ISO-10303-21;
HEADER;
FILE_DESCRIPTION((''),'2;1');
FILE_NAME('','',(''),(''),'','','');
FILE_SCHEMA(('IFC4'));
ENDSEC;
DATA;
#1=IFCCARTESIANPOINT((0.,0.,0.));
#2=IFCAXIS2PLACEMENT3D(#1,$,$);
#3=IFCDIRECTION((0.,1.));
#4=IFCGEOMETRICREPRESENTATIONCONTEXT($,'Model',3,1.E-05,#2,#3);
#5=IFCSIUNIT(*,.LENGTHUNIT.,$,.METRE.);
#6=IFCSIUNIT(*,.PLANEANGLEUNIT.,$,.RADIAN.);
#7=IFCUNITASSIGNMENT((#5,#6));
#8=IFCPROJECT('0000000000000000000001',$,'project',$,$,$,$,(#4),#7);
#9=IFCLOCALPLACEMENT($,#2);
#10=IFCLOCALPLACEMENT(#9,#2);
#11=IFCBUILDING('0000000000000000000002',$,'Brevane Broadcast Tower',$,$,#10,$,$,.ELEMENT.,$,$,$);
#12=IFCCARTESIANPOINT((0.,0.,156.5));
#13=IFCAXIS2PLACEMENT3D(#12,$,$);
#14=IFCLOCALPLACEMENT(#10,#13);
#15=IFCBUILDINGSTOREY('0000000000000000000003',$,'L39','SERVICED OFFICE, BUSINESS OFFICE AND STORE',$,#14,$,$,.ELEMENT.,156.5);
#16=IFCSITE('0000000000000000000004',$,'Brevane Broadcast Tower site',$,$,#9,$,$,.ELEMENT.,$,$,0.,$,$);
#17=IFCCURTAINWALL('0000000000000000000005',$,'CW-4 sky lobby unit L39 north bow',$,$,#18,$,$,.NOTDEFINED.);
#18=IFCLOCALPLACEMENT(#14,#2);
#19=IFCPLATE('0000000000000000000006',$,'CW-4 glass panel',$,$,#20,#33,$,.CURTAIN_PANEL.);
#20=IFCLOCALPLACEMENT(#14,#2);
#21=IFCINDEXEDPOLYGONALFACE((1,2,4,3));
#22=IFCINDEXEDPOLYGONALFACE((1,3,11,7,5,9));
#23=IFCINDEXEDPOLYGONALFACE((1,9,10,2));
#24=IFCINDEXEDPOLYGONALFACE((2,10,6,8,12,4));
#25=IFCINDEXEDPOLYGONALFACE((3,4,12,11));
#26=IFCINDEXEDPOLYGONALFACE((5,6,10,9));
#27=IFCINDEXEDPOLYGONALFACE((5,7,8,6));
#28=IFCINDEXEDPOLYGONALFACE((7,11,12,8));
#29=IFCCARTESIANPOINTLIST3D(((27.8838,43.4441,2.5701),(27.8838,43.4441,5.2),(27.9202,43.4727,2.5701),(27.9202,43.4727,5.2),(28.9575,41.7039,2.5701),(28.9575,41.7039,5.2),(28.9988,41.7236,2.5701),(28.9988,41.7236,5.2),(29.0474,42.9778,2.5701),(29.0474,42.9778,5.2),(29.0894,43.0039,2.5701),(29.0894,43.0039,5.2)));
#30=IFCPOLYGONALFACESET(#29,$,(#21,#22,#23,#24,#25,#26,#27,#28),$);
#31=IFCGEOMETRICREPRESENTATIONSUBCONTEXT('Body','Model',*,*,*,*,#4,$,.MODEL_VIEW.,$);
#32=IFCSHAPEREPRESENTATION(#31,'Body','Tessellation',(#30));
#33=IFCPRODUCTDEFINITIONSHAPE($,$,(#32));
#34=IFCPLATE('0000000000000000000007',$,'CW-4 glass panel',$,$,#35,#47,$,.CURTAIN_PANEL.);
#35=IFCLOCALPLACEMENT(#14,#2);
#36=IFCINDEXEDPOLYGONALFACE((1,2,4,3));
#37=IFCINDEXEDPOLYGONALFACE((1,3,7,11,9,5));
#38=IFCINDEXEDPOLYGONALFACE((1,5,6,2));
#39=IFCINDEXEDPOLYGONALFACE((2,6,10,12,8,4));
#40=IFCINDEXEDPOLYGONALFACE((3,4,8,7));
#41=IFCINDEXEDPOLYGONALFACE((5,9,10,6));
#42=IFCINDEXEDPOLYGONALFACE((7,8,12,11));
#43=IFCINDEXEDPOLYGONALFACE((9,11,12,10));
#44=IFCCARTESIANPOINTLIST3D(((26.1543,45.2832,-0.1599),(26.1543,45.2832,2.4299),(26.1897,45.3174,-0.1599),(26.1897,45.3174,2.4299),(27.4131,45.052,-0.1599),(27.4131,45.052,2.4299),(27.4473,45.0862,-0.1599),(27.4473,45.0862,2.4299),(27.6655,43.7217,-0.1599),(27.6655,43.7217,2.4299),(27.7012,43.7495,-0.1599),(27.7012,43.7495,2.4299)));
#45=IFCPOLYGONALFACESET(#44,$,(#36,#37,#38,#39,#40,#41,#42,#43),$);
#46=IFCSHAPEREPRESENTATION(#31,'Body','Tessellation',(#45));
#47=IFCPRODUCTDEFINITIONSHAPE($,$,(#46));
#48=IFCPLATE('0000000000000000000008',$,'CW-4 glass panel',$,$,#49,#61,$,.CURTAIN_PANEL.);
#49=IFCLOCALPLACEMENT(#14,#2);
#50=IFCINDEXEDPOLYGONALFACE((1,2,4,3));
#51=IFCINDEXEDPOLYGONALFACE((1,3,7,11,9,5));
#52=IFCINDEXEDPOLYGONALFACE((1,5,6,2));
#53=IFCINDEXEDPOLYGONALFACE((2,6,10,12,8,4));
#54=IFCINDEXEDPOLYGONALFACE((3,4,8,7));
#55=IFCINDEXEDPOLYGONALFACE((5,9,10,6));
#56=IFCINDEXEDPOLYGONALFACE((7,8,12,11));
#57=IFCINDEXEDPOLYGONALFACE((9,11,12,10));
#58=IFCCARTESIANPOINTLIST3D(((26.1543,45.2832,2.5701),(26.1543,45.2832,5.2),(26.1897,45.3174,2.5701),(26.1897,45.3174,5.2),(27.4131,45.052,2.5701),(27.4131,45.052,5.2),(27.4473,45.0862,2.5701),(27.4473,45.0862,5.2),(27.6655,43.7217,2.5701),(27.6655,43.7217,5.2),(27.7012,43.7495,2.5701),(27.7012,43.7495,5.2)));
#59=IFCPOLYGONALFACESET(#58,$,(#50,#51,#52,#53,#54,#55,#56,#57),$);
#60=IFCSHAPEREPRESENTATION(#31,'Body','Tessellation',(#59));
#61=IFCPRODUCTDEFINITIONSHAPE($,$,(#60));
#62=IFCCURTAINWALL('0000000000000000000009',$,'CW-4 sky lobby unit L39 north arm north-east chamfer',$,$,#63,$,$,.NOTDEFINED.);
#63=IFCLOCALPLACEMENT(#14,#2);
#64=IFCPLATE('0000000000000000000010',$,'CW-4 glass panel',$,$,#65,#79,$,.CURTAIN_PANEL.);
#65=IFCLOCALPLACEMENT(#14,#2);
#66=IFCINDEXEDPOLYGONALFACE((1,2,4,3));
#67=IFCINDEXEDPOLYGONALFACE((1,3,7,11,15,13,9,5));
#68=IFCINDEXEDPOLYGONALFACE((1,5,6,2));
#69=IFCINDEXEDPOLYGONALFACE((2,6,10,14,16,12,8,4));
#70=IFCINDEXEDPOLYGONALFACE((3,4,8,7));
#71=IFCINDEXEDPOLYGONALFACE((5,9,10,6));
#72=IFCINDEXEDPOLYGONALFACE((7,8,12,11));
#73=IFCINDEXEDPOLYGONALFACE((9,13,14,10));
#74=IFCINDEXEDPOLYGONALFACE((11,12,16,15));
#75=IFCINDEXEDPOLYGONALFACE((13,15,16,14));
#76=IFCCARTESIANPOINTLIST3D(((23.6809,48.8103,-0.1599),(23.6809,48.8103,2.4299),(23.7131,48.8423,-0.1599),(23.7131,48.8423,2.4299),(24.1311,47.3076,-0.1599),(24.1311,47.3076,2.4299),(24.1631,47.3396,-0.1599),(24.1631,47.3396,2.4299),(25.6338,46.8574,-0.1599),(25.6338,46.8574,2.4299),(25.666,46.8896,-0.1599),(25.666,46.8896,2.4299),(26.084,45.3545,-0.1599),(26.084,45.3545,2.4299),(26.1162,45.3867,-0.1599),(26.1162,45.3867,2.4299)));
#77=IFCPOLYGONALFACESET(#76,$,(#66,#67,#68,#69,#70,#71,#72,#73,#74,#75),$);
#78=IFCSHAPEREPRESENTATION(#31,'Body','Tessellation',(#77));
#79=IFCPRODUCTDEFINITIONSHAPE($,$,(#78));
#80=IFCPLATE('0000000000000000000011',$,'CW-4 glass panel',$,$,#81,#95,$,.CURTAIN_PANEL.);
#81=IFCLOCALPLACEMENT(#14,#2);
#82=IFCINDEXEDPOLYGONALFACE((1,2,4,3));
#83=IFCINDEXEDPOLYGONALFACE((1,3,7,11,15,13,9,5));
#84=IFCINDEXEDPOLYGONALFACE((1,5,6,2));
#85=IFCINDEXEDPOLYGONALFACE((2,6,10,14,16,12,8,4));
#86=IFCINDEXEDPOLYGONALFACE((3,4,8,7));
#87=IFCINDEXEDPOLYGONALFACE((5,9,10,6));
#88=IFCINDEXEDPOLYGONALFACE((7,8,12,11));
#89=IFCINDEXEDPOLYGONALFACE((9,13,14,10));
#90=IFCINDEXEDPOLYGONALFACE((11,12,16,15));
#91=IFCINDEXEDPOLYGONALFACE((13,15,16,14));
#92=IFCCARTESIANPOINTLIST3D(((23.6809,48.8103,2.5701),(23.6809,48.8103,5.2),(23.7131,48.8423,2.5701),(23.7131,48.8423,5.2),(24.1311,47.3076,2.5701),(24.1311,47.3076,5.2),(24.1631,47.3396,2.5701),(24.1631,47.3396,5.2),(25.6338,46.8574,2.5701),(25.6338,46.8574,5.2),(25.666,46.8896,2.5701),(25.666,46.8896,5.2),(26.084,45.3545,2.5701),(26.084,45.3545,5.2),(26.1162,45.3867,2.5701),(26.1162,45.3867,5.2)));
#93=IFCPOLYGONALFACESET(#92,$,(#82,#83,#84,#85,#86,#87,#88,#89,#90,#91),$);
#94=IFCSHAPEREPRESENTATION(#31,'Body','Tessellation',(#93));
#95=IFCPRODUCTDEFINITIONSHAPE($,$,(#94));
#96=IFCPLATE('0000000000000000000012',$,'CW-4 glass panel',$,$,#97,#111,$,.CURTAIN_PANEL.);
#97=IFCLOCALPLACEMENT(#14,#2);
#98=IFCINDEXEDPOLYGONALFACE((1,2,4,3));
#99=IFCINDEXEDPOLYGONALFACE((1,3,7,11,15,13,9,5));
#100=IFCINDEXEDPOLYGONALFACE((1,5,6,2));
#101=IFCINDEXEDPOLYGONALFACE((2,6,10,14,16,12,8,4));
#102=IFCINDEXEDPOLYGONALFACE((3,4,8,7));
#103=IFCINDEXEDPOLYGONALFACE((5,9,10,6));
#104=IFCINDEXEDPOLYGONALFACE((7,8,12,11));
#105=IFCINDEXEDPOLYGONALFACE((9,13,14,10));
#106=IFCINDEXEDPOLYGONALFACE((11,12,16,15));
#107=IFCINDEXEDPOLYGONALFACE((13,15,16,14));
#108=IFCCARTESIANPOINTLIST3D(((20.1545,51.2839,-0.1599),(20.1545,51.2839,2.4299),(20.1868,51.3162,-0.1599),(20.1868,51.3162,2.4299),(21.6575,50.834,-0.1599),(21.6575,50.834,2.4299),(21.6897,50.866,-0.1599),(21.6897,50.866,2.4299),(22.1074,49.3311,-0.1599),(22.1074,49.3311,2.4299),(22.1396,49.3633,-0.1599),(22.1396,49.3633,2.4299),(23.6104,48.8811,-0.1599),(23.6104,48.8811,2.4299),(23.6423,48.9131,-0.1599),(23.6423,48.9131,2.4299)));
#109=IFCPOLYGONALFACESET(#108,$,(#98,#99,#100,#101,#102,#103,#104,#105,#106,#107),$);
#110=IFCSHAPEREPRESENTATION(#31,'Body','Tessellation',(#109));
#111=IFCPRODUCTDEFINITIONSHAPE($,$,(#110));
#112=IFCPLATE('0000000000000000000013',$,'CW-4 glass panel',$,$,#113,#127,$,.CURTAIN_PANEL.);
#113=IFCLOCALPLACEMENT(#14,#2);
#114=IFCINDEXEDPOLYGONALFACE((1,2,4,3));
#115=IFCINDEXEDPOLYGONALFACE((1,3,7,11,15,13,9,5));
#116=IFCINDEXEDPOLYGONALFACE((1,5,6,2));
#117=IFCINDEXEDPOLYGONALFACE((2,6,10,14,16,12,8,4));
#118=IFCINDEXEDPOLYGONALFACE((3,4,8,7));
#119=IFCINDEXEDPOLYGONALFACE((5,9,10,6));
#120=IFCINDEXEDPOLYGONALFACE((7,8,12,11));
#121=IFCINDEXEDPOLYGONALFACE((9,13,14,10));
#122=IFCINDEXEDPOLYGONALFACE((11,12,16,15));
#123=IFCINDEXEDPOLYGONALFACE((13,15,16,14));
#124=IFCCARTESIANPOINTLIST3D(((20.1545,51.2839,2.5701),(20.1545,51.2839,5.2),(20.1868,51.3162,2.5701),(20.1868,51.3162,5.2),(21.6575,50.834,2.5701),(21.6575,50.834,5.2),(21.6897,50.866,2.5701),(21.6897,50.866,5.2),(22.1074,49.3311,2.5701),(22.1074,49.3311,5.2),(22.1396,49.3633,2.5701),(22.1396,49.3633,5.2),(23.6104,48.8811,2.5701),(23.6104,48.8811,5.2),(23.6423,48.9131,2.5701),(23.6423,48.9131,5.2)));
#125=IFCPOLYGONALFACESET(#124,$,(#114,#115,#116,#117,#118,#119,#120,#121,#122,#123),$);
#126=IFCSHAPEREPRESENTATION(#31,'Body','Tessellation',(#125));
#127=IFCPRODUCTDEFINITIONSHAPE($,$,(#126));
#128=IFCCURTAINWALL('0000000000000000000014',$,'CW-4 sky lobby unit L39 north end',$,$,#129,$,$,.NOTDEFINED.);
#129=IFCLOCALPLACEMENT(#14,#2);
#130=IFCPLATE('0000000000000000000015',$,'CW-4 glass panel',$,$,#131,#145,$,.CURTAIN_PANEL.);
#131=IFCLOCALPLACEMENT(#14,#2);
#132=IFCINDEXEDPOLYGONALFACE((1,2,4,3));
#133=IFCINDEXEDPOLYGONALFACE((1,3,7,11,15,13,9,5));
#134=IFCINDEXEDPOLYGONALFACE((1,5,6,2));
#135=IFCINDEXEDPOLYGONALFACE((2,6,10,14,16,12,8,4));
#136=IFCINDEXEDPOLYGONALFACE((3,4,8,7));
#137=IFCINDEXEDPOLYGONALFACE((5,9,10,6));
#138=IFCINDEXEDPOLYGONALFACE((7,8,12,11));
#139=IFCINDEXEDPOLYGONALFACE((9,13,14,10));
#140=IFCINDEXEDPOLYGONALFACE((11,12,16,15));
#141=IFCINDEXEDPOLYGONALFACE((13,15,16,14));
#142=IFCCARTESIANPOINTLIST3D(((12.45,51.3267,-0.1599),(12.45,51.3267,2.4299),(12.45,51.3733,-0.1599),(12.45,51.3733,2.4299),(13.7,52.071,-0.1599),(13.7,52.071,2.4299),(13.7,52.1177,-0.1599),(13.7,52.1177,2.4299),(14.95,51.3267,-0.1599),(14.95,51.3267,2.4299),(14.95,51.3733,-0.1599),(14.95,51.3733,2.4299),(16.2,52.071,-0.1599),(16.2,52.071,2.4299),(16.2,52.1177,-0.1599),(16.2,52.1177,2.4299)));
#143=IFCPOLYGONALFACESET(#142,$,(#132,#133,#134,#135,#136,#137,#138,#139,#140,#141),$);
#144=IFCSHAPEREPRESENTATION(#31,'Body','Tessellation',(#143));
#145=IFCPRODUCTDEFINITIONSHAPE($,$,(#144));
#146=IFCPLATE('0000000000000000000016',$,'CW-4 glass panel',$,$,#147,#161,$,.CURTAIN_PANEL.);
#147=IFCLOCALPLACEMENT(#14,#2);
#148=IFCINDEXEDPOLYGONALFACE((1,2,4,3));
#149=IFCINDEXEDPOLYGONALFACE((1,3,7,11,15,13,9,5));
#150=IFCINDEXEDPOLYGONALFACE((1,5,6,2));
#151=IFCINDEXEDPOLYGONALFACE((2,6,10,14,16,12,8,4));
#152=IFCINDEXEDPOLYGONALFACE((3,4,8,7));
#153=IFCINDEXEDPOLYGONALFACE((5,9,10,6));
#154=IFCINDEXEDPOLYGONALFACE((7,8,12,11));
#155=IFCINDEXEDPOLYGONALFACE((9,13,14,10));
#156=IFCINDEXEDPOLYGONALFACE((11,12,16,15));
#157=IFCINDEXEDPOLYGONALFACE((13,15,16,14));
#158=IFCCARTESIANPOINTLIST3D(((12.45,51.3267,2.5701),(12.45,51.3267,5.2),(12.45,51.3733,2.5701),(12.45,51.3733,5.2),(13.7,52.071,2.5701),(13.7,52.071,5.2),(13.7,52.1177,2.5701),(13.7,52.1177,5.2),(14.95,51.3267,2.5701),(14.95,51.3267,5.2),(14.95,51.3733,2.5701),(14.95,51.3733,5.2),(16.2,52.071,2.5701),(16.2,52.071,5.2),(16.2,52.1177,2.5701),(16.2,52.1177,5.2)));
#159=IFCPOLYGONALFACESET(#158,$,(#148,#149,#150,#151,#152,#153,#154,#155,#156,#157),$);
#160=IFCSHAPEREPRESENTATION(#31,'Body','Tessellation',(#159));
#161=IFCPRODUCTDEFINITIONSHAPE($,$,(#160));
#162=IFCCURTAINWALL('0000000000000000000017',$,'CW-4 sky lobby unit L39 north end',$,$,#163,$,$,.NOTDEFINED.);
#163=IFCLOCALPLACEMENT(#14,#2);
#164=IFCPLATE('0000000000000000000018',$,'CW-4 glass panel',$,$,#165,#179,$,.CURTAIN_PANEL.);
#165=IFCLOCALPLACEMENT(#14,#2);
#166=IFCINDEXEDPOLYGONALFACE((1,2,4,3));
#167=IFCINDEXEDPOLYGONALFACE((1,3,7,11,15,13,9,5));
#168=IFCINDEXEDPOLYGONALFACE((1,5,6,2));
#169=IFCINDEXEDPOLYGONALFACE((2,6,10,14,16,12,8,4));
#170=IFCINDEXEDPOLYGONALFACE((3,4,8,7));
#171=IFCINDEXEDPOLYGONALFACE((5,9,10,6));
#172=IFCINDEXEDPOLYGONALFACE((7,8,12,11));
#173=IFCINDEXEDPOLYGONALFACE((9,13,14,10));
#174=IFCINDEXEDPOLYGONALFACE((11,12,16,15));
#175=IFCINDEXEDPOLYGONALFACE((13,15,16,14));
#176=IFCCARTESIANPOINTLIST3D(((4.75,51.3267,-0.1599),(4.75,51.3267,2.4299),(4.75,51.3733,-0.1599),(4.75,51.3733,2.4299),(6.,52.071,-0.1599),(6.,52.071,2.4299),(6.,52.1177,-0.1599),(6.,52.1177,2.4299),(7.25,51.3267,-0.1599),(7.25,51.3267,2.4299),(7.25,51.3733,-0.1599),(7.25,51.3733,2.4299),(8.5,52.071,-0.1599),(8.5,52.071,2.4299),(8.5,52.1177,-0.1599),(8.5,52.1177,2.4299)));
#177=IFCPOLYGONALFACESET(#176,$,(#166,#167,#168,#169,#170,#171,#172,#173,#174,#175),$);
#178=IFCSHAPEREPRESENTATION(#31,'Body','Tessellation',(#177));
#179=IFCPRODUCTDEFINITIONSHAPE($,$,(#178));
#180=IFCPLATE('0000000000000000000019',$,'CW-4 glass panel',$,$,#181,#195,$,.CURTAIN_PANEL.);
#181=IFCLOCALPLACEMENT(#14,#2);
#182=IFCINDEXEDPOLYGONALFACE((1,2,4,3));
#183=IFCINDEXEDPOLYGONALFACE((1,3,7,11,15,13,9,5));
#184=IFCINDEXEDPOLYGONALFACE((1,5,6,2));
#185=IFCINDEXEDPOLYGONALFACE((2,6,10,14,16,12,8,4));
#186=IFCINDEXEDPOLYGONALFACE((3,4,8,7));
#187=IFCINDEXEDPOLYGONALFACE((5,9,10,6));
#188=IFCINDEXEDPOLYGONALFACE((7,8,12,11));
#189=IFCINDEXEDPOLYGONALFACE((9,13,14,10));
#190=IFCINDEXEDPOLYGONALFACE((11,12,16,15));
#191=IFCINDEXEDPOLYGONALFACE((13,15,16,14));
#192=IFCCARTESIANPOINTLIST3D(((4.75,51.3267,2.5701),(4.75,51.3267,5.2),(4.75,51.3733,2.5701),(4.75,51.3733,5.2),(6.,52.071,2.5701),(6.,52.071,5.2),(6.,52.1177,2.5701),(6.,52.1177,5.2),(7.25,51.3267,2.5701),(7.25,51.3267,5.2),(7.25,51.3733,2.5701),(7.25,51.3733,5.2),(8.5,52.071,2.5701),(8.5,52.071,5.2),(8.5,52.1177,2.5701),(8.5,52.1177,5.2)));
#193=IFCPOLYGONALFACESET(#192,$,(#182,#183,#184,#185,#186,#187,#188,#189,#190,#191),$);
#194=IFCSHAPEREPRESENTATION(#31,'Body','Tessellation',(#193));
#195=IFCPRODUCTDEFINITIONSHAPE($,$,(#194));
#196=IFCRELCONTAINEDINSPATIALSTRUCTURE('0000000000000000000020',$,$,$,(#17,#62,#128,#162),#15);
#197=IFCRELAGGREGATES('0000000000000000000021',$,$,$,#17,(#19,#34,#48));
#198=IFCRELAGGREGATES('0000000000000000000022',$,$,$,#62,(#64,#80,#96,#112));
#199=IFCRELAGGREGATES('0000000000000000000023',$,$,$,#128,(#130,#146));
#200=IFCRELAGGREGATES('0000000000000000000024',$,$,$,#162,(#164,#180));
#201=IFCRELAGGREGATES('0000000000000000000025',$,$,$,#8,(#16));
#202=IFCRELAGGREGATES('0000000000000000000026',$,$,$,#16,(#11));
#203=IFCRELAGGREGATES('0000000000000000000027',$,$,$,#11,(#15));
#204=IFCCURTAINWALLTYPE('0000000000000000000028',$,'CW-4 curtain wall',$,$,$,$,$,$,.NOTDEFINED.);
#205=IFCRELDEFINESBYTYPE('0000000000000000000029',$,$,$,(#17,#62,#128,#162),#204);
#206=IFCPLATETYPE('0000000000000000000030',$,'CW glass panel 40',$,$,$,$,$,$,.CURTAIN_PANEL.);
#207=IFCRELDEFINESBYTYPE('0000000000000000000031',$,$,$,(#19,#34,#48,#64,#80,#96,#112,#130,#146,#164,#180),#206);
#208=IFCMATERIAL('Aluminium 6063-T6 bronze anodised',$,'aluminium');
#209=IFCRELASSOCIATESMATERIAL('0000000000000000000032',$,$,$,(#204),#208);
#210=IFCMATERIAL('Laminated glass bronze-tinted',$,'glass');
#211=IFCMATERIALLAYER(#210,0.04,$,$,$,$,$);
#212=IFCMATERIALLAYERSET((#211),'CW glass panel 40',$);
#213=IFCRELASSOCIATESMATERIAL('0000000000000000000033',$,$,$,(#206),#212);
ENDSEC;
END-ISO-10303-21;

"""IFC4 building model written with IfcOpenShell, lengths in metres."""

from ifc_helpers import new_model, si_unit, direction, frame, origin, place, context, subcontext, project, spatial, polyline, outline, extrude, material, layer, layer_set, type_object, element, aggregate, save


model = new_model("IFC4")

# Units and contexts
model_context = context("Model", 3, precision=1e-05, world=origin(), true_north=direction((0.0, 1.0)))
body_context = subcontext(model_context, "Body", "Model", "MODEL_VIEW")
ifc_project = project(units=[si_unit("LENGTHUNIT", "METRE"), si_unit("PLANEANGLEUNIT", "RADIAN")], contexts=[model_context])

# Site, building, storey
site_placement = place(None, origin())
site = spatial("IfcSite", under=ifc_project, at=site_placement, Name="Brevane Broadcast Tower site", CompositionType="ELEMENT", RefElevation=0.0)
building_placement = place(site_placement, origin())
building = spatial("IfcBuilding", under=site, at=building_placement, Name="Brevane Broadcast Tower", CompositionType="ELEMENT")
storey_placement = place(building_placement, frame((0.0, 0.0, 156.5)))
storey = spatial("IfcBuildingStorey", under=building, at=storey_placement, Name="L39", Description="SERVICED OFFICE, BUSINESS OFFICE AND STORE", CompositionType="ELEMENT", Elevation=156.5)

# Curtain walls, plates
ifc_material_1 = material(Name="Aluminium 6063-T6 bronze anodised", Category="aluminium")
curtain_wall_type = type_object("IfcCurtainWallType", Name="CW-4 curtain wall", PredefinedType="NOTDEFINED", material=ifc_material_1)
curtain_wall_1_placement = place(storey_placement, origin())
curtain_wall_1 = element("IfcCurtainWall", 1, at=curtain_wall_1_placement, inside=storey, type_object=curtain_wall_type, Name="CW-4 sky lobby unit L39 north bow", PredefinedType="NOTDEFINED")
ifc_material_2 = material(Name="Laminated glass bronze-tinted", Category="glass")
ifc_layer = layer(ifc_material_2, 0.04)
ifc_layer_set = layer_set([ifc_layer], Name="CW glass panel 40")
plate_type = type_object("IfcPlateType", Name="CW glass panel 40", PredefinedType="CURTAIN_PANEL", material=ifc_layer_set)
plate_1_placement = place(storey_placement, frame((0.0, 0.0, 2.5701)))
plate_1 = element("IfcPlate", 2, at=plate_1_placement, type_object=plate_type, Name="CW-4 glass panel", PredefinedType="CURTAIN_PANEL", context=body_context, shape_type="SweptSolid", body=[
    extrude(outline(polyline([(28.9575, 41.7039), (28.9988, 41.7236), (29.0894, 43.0039), (27.9202, 43.4727), (27.8838, 43.4441), (29.0474, 42.9778), (28.9575, 41.7039)])), origin(), (0.0, 0.0, 1.0), 2.6299),
])
plate_2_placement = place(storey_placement, frame((0.0, 0.0, -0.1599)))
plate_2 = element("IfcPlate", 3, at=plate_2_placement, type_object=plate_type, Name="CW-4 glass panel", PredefinedType="CURTAIN_PANEL", context=body_context, shape_type="SweptSolid", body=[
    extrude(outline(polyline([(27.6655, 43.7217), (27.7012, 43.7495), (27.4473, 45.0862), (26.1897, 45.3174), (26.1543, 45.2832), (27.4131, 45.052), (27.6655, 43.7217)])), origin(), (0.0, 0.0, 1.0), 2.5898),
])
plate_3_placement = place(storey_placement, frame((0.0, 0.0, 2.5701)))
plate_3 = element("IfcPlate", 4, at=plate_3_placement, type_object=plate_type, Name="CW-4 glass panel", PredefinedType="CURTAIN_PANEL", context=body_context, shape_type="SweptSolid", body=[
    extrude(outline(polyline([(27.6655, 43.7217), (27.7012, 43.7495), (27.4473, 45.0862), (26.1897, 45.3174), (26.1543, 45.2832), (27.4131, 45.052), (27.6655, 43.7217)])), origin(), (0.0, 0.0, 1.0), 2.6299),
])
aggregate(curtain_wall_1, [plate_1, plate_2, plate_3])
curtain_wall_2_placement = place(storey_placement, origin())
curtain_wall_2 = element("IfcCurtainWall", 5, at=curtain_wall_2_placement, inside=storey, type_object=curtain_wall_type, Name="CW-4 sky lobby unit L39 north arm north-east chamfer", PredefinedType="NOTDEFINED")
plate_4_placement = place(storey_placement, frame((0.0, 0.0, -0.1599)))
plate_4 = element("IfcPlate", 6, at=plate_4_placement, type_object=plate_type, Name="CW-4 glass panel", PredefinedType="CURTAIN_PANEL", context=body_context, shape_type="SweptSolid", body=[
    extrude(outline(polyline([(26.084, 45.3545), (26.1162, 45.3867), (25.666, 46.8896), (24.1631, 47.3396), (23.7131, 48.8423), (23.6809, 48.8103), (24.1311, 47.3076), (25.6338, 46.8574), (26.084, 45.3545)])), origin(), (0.0, 0.0, 1.0), 2.5898),
])
plate_5_placement = place(storey_placement, frame((0.0, 0.0, 2.5701)))
plate_5 = element("IfcPlate", 7, at=plate_5_placement, type_object=plate_type, Name="CW-4 glass panel", PredefinedType="CURTAIN_PANEL", context=body_context, shape_type="SweptSolid", body=[
    extrude(outline(polyline([(26.084, 45.3545), (26.1162, 45.3867), (25.666, 46.8896), (24.1631, 47.3396), (23.7131, 48.8423), (23.6809, 48.8103), (24.1311, 47.3076), (25.6338, 46.8574), (26.084, 45.3545)])), origin(), (0.0, 0.0, 1.0), 2.6299),
])
plate_6_placement = place(storey_placement, frame((0.0, 0.0, -0.1599)))
plate_6 = element("IfcPlate", 8, at=plate_6_placement, type_object=plate_type, Name="CW-4 glass panel", PredefinedType="CURTAIN_PANEL", context=body_context, shape_type="SweptSolid", body=[
    extrude(outline(polyline([(23.6104, 48.8811), (23.6423, 48.9131), (22.1396, 49.3633), (21.6897, 50.866), (20.1868, 51.3162), (20.1545, 51.2839), (21.6575, 50.834), (22.1074, 49.3311), (23.6104, 48.8811)])), origin(), (0.0, 0.0, 1.0), 2.5898),
])
plate_7_placement = place(storey_placement, frame((0.0, 0.0, 2.5701)))
plate_7 = element("IfcPlate", 9, at=plate_7_placement, type_object=plate_type, Name="CW-4 glass panel", PredefinedType="CURTAIN_PANEL", context=body_context, shape_type="SweptSolid", body=[
    extrude(outline(polyline([(23.6104, 48.8811), (23.6423, 48.9131), (22.1396, 49.3633), (21.6897, 50.866), (20.1868, 51.3162), (20.1545, 51.2839), (21.6575, 50.834), (22.1074, 49.3311), (23.6104, 48.8811)])), origin(), (0.0, 0.0, 1.0), 2.6299),
])
aggregate(curtain_wall_2, [plate_4, plate_5, plate_6, plate_7])
curtain_wall_3_placement = place(storey_placement, origin())
curtain_wall_3 = element("IfcCurtainWall", 10, at=curtain_wall_3_placement, inside=storey, type_object=curtain_wall_type, Name="CW-4 sky lobby unit L39 north end", PredefinedType="NOTDEFINED")
plate_8_placement = place(storey_placement, frame((0.0, 0.0, -0.1599)))
plate_8 = element("IfcPlate", 11, at=plate_8_placement, type_object=plate_type, Name="CW-4 glass panel", PredefinedType="CURTAIN_PANEL", context=body_context, shape_type="SweptSolid", body=[
    extrude(outline(polyline([(16.2, 52.071), (16.2, 52.1177), (14.95, 51.3733), (13.7, 52.1177), (12.45, 51.3733), (12.45, 51.3267), (13.7, 52.071), (14.95, 51.3267), (16.2, 52.071)])), origin(), (0.0, 0.0, 1.0), 2.5898),
])
plate_9_placement = place(storey_placement, frame((0.0, 0.0, 2.5701)))
plate_9 = element("IfcPlate", 12, at=plate_9_placement, type_object=plate_type, Name="CW-4 glass panel", PredefinedType="CURTAIN_PANEL", context=body_context, shape_type="SweptSolid", body=[
    extrude(outline(polyline([(16.2, 52.071), (16.2, 52.1177), (14.95, 51.3733), (13.7, 52.1177), (12.45, 51.3733), (12.45, 51.3267), (13.7, 52.071), (14.95, 51.3267), (16.2, 52.071)])), origin(), (0.0, 0.0, 1.0), 2.6299),
])
aggregate(curtain_wall_3, [plate_8, plate_9])
curtain_wall_4_placement = place(storey_placement, origin())
curtain_wall_4 = element("IfcCurtainWall", 13, at=curtain_wall_4_placement, inside=storey, type_object=curtain_wall_type, Name="CW-4 sky lobby unit L39 north end", PredefinedType="NOTDEFINED")
plate_10_placement = place(storey_placement, frame((0.0, 0.0, -0.1599)))
plate_10 = element("IfcPlate", 14, at=plate_10_placement, type_object=plate_type, Name="CW-4 glass panel", PredefinedType="CURTAIN_PANEL", context=body_context, shape_type="SweptSolid", body=[
    extrude(outline(polyline([(8.5, 52.071), (8.5, 52.1177), (7.25, 51.3733), (6.0, 52.1177), (4.75, 51.3733), (4.75, 51.3267), (6.0, 52.071), (7.25, 51.3267), (8.5, 52.071)])), origin(), (0.0, 0.0, 1.0), 2.5898),
])
plate_11_placement = place(storey_placement, frame((0.0, 0.0, 2.5701)))
plate_11 = element("IfcPlate", 15, at=plate_11_placement, type_object=plate_type, Name="CW-4 glass panel", PredefinedType="CURTAIN_PANEL", context=body_context, shape_type="SweptSolid", body=[
    extrude(outline(polyline([(8.5, 52.071), (8.5, 52.1177), (7.25, 51.3733), (6.0, 52.1177), (4.75, 51.3733), (4.75, 51.3267), (6.0, 52.071), (7.25, 51.3267), (8.5, 52.071)])), origin(), (0.0, 0.0, 1.0), 2.6299),
])
aggregate(curtain_wall_4, [plate_10, plate_11])

save(model, "model.ifc")
